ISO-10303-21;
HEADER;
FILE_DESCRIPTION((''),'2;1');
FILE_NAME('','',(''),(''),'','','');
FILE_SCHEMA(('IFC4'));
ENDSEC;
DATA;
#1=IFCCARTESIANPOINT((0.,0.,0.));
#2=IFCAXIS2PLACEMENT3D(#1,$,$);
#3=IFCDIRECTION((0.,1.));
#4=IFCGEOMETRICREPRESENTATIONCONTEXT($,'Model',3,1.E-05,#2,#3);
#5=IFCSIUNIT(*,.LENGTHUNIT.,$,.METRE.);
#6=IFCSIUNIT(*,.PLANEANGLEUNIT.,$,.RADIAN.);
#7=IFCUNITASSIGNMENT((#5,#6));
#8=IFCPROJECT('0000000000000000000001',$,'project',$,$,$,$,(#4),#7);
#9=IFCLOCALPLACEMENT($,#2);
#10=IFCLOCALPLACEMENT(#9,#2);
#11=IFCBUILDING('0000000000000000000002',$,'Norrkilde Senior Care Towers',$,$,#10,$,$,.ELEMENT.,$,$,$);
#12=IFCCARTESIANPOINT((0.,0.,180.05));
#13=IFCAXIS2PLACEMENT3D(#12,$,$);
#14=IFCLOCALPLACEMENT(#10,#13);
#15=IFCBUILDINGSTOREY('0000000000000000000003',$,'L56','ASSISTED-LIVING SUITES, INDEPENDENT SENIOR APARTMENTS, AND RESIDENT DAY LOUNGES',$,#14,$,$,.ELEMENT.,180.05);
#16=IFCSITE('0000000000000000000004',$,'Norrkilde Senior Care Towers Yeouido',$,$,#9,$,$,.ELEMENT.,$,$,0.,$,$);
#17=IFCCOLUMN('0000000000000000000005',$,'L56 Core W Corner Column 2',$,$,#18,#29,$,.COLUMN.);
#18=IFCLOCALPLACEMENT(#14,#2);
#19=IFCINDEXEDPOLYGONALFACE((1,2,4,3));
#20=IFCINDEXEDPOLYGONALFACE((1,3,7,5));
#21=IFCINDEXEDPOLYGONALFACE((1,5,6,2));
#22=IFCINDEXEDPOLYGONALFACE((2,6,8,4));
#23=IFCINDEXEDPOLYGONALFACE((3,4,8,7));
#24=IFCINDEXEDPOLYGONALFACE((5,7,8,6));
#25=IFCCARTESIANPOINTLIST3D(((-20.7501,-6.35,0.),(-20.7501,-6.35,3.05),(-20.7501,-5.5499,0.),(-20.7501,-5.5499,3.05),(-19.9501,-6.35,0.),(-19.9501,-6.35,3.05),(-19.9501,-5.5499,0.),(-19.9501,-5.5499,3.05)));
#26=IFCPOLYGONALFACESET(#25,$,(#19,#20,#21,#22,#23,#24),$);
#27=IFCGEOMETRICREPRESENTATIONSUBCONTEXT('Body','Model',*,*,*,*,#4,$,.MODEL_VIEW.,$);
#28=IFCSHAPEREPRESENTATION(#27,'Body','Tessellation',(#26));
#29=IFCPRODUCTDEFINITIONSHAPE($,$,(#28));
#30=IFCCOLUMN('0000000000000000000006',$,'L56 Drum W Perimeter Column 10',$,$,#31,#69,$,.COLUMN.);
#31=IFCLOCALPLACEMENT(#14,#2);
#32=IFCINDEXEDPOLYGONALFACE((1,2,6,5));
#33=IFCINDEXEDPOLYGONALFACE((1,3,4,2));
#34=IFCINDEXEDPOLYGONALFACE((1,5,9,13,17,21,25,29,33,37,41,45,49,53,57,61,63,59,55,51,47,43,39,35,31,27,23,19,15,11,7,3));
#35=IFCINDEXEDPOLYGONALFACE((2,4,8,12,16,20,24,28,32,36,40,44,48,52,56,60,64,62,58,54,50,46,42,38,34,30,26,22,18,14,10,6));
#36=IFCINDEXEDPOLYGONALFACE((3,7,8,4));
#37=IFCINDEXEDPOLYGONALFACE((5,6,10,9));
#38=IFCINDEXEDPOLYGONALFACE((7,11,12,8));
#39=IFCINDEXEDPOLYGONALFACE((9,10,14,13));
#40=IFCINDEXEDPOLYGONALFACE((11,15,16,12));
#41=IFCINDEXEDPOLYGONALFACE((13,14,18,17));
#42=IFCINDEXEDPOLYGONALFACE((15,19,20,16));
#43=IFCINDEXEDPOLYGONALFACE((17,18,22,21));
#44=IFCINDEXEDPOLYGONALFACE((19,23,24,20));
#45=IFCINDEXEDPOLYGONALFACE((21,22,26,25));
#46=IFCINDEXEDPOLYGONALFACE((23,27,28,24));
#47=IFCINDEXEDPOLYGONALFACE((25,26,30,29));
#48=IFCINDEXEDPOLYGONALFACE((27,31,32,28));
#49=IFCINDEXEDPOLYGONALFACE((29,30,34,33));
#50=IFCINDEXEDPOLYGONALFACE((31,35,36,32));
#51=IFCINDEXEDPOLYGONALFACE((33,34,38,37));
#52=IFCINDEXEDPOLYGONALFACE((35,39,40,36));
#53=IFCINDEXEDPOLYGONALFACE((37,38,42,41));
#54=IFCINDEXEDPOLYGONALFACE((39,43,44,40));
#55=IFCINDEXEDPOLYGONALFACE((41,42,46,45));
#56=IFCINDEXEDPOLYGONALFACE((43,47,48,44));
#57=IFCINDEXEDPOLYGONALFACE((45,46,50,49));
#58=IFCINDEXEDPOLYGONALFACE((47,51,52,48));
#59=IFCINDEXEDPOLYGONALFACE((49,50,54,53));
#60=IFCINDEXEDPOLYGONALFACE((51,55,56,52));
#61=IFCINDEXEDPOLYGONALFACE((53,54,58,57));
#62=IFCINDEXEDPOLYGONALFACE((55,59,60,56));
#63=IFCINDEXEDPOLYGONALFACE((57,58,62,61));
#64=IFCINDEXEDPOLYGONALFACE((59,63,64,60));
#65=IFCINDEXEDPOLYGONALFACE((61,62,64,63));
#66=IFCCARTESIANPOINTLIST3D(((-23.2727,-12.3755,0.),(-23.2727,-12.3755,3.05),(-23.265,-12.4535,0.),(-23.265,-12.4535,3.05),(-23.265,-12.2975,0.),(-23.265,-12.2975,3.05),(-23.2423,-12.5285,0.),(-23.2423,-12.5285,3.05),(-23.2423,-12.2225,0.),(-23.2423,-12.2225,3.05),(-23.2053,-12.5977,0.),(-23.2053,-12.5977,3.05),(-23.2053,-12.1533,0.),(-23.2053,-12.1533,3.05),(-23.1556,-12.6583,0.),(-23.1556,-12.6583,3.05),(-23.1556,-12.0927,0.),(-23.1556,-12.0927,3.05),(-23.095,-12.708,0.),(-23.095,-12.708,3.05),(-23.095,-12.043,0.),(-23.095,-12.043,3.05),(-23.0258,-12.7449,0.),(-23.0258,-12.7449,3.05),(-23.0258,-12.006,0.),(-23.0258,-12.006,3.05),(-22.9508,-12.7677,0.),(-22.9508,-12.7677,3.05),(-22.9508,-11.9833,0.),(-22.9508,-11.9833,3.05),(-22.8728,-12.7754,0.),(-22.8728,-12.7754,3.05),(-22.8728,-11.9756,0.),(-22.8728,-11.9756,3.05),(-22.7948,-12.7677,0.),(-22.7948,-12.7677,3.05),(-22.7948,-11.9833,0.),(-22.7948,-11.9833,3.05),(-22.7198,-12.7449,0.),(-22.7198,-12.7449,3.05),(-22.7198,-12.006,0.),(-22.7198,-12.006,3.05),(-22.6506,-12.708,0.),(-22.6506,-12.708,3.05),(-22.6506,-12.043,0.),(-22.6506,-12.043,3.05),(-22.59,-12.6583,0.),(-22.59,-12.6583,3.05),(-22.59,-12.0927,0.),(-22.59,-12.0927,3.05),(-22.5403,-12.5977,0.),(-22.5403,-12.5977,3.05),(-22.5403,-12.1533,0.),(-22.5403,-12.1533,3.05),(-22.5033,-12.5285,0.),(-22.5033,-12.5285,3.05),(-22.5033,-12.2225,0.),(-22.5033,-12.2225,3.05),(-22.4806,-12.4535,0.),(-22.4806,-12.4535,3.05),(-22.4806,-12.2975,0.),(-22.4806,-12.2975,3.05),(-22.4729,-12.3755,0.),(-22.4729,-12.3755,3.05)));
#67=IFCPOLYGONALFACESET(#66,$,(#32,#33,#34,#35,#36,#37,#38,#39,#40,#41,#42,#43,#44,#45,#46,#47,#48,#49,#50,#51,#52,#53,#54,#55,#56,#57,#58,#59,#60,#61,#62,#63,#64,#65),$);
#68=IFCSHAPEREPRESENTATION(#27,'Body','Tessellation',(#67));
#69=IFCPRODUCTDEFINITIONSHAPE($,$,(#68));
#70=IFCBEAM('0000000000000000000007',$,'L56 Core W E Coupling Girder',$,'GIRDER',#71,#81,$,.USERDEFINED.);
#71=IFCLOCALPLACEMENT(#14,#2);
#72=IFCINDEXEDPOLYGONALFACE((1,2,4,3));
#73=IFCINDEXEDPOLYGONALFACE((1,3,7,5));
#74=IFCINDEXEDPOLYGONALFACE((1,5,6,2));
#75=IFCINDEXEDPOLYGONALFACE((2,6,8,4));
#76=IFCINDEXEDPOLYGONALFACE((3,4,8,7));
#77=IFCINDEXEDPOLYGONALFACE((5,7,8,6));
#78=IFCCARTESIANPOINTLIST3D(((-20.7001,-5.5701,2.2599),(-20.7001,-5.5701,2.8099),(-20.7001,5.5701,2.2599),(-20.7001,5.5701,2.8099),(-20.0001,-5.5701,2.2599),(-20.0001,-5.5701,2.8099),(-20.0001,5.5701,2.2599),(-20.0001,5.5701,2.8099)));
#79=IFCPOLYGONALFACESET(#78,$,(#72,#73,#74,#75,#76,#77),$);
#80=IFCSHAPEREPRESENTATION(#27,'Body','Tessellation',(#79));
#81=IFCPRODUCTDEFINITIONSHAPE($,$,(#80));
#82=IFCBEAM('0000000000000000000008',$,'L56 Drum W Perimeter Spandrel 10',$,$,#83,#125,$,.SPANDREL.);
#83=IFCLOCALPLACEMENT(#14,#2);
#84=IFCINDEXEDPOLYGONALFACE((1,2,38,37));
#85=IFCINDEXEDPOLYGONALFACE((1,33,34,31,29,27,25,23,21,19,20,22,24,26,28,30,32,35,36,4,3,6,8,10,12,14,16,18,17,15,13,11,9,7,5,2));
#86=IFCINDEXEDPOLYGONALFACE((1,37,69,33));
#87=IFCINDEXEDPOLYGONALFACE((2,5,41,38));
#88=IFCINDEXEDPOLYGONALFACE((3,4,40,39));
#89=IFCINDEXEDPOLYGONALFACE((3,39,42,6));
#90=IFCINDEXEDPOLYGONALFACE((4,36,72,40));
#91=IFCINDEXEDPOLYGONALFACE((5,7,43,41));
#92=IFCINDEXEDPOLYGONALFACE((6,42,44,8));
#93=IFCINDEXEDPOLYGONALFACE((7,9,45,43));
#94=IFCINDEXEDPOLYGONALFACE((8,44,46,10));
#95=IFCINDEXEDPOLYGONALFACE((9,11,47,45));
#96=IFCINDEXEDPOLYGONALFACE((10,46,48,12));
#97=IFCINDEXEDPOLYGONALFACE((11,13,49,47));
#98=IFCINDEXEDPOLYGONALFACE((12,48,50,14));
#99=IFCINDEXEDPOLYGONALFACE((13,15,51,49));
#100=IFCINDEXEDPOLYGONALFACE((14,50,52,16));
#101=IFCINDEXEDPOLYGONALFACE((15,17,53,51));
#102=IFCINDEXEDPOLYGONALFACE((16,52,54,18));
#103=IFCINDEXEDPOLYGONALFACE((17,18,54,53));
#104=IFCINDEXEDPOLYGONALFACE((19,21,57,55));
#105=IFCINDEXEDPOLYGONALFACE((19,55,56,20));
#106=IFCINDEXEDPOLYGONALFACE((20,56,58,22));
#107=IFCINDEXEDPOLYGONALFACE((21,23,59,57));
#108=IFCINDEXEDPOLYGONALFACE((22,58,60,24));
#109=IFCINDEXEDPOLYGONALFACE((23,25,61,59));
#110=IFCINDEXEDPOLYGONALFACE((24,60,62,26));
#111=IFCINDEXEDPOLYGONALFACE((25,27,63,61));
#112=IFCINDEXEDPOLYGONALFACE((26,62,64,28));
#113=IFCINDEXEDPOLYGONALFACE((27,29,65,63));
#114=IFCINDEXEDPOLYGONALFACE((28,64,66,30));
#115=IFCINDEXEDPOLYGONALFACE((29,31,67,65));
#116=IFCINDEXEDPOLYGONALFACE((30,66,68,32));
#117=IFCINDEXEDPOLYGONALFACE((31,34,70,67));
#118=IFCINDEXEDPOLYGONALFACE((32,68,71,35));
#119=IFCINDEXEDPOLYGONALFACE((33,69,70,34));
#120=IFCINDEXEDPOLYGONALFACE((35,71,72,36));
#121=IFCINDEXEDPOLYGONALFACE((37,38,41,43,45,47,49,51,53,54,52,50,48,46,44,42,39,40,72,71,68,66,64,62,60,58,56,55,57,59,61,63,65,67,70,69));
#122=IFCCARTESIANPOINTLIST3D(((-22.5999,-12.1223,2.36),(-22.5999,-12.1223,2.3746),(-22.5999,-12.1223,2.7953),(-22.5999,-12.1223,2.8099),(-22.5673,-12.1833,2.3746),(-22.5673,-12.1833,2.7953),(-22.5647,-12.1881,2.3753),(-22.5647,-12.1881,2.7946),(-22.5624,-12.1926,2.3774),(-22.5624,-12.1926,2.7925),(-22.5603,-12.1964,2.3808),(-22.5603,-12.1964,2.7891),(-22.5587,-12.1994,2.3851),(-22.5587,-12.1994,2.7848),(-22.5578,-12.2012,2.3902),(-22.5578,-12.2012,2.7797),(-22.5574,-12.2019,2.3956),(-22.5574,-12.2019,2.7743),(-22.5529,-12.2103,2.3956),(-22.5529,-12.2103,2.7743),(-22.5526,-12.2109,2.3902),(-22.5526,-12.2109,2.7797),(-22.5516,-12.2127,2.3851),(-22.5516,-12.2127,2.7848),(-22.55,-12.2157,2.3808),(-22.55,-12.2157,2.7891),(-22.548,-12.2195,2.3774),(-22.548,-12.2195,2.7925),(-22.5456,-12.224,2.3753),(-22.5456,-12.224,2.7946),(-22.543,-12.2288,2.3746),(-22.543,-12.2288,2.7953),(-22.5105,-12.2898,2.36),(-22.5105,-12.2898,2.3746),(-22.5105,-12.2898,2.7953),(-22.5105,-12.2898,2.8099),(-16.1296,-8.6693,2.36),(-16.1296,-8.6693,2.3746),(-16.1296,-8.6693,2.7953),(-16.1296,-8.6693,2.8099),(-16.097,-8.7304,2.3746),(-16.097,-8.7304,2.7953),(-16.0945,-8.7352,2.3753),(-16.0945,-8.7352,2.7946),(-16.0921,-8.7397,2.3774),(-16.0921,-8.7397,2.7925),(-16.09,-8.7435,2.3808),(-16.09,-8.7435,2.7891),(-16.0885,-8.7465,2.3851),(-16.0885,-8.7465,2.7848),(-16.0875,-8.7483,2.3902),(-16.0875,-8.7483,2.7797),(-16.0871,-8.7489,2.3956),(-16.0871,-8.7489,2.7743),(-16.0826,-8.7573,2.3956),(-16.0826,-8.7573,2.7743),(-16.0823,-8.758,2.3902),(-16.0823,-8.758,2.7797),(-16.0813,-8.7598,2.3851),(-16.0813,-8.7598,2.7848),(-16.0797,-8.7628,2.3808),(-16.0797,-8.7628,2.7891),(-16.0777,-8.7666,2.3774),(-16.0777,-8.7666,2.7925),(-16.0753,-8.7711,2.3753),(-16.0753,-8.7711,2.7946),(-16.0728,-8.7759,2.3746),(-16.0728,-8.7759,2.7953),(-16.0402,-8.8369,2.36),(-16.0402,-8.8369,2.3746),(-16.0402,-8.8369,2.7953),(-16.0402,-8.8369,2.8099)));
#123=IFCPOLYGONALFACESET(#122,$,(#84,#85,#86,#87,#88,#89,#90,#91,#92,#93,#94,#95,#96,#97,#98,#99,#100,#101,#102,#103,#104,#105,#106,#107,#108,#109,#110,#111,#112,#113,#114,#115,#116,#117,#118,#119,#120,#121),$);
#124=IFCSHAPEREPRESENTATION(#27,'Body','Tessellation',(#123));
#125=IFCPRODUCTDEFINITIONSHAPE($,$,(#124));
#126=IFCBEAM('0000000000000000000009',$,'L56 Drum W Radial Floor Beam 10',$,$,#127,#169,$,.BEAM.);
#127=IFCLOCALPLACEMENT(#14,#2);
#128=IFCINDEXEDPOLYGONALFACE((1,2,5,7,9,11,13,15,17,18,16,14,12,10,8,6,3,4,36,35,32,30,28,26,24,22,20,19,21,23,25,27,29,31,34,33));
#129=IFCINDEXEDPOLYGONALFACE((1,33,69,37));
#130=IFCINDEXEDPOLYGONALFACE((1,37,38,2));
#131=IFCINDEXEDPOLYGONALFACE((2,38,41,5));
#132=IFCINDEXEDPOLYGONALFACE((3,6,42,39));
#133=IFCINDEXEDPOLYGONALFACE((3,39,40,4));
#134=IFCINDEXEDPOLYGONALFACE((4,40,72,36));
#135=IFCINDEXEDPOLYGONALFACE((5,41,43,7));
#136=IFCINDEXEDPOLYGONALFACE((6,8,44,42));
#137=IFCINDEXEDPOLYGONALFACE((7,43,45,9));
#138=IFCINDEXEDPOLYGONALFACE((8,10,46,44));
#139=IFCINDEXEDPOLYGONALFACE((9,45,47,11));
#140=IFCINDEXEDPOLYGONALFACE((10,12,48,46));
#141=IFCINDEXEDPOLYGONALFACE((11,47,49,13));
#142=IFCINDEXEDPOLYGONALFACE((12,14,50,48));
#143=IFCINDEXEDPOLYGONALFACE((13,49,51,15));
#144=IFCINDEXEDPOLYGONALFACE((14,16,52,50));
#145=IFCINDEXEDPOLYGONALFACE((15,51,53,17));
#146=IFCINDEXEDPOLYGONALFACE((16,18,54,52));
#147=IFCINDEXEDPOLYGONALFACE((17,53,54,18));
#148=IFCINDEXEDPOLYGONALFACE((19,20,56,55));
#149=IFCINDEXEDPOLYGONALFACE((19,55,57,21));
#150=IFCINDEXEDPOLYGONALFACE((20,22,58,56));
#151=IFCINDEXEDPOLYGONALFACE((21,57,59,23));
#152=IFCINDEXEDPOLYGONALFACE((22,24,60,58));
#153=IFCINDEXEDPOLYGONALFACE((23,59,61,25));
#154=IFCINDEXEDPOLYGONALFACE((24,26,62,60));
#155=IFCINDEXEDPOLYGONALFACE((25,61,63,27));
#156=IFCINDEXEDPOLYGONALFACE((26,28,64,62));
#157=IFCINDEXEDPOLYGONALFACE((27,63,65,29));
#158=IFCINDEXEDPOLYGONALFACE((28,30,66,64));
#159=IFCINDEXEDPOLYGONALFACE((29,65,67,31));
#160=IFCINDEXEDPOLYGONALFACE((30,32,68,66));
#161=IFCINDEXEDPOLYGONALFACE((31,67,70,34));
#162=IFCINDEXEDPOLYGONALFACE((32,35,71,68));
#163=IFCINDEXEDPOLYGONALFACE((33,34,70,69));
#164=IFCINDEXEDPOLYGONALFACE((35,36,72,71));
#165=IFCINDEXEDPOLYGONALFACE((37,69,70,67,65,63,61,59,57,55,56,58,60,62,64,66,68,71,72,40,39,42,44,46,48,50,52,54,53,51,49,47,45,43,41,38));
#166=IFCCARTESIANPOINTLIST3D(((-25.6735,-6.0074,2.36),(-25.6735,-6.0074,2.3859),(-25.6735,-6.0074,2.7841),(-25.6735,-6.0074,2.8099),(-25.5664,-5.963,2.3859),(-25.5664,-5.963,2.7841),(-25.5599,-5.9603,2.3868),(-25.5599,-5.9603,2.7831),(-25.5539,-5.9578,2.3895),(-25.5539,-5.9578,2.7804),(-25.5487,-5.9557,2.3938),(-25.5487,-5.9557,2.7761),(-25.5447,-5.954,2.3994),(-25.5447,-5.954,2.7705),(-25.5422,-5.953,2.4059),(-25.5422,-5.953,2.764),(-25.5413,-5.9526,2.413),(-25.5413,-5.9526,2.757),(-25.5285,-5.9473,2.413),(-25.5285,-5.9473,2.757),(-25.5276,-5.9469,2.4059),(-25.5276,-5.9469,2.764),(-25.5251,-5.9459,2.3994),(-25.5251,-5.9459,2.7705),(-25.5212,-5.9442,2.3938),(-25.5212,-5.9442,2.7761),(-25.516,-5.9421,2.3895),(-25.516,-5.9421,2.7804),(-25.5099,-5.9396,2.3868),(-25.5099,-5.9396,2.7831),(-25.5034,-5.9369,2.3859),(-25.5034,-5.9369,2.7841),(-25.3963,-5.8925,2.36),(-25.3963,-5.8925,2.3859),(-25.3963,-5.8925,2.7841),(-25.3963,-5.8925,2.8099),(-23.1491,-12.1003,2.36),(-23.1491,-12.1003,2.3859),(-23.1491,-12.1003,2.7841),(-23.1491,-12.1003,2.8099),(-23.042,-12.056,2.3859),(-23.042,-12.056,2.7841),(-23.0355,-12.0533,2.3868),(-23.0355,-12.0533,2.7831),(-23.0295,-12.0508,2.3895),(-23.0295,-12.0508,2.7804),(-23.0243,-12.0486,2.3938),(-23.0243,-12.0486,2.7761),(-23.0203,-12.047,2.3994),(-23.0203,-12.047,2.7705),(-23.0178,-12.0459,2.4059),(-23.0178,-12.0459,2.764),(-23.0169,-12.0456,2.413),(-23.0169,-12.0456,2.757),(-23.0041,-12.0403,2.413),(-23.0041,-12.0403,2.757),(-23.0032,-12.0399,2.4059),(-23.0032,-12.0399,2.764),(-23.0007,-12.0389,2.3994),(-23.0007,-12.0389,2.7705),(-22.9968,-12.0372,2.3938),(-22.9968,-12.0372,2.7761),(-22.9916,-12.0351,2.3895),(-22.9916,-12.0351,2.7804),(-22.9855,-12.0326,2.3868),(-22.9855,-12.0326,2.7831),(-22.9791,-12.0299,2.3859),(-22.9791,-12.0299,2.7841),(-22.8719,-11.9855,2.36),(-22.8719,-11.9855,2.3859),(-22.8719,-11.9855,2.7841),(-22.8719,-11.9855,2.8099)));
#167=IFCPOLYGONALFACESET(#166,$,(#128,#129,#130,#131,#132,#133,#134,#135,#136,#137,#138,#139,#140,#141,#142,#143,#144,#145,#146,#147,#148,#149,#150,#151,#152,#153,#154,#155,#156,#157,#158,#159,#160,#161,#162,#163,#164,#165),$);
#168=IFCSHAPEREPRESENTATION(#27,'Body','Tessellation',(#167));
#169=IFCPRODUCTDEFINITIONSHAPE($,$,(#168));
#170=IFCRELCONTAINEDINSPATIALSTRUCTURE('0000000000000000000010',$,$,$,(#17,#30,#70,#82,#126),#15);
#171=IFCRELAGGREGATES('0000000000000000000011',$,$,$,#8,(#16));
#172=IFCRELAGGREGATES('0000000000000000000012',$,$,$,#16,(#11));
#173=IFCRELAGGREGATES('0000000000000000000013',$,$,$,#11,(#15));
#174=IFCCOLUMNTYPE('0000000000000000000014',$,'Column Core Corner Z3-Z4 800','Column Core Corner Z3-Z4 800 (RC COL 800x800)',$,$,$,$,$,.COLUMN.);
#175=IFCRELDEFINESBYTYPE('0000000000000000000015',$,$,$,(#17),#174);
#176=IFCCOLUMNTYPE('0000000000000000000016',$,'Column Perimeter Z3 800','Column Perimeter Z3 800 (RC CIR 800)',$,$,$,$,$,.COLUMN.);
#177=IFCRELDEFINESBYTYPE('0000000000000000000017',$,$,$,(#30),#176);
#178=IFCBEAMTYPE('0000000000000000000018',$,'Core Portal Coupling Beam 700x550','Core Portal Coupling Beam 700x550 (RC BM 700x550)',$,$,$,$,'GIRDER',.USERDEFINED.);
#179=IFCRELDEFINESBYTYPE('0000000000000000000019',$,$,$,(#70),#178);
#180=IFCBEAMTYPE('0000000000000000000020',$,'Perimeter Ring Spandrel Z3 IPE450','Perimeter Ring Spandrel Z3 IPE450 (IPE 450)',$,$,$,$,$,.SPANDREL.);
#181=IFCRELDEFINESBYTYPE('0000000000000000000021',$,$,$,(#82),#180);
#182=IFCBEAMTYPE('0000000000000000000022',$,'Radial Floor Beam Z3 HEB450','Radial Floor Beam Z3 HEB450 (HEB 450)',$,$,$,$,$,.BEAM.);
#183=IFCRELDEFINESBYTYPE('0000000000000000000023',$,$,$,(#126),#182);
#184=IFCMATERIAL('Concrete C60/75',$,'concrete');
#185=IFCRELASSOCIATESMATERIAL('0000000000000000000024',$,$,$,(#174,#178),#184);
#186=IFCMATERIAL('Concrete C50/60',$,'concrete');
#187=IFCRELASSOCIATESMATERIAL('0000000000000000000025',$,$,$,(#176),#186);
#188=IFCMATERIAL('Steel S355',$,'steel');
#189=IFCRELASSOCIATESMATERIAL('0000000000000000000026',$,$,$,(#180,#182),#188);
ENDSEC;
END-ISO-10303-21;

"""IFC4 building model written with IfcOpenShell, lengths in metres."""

from ifc_helpers import new_model, si_unit, direction, frame, origin, origin_2d, place, context, subcontext, project, spatial, rectangle, circle, i_section, extrude, source, transform, mapped, material, material_profile, profile_set, type_object, type_shapes, element, save


model = new_model("IFC4")

# Units and contexts
model_context = context("Model", 3, precision=1e-05, world=origin(), true_north=direction((0.0, 1.0)))
body_context = subcontext(model_context, "Body", "Model", "MODEL_VIEW")
ifc_project = project(units=[si_unit("LENGTHUNIT", "METRE"), si_unit("PLANEANGLEUNIT", "RADIAN")], contexts=[model_context])

# Site, building, storey
site_placement = place(None, origin())
site = spatial("IfcSite", under=ifc_project, at=site_placement, Name="Norrkilde Senior Care Towers Yeouido", CompositionType="ELEMENT", RefElevation=0.0)
building_placement = place(site_placement, origin())
building = spatial("IfcBuilding", under=site, at=building_placement, Name="Norrkilde Senior Care Towers", CompositionType="ELEMENT")
storey_placement = place(building_placement, frame((0.0, 0.0, 180.05)))
storey = spatial("IfcBuildingStorey", under=building, at=storey_placement, Name="L56", Description="ASSISTED-LIVING SUITES, INDEPENDENT SENIOR APARTMENTS, AND RESIDENT DAY LOUNGES", CompositionType="ELEMENT", Elevation=180.05)

# Columns
ifc_material_1 = material(Name="Concrete C60/75", Category="concrete")
ifc_material_profile_1 = material_profile(ifc_material_1, rectangle(XDim=0.8, YDim=0.8, at=origin_2d()), Name="RC COL 800x800")
ifc_profile_set_1 = profile_set([ifc_material_profile_1], Name="Concrete C60/75")
column_type_1 = type_object("IfcColumnType", Name="Column Core Corner Z3-Z4 800", Description="Column Core Corner Z3-Z4 800 (RC COL 800x800)", PredefinedType="COLUMN", material=ifc_profile_set_1)
shared_shape_1 = source(origin(), body_context, "Body", "SweptSolid", [
    extrude(rectangle(XDim=0.8, YDim=0.8, at=origin_2d()), origin(), (0.0, 0.0, 1.0), 3.05),
])
type_shapes(column_type_1, [shared_shape_1])
column_1_placement = place(storey_placement, frame((-20.3501, -5.95, 0.0), z_axis=(0.0, 0.0, 1.0), x_axis=(1.0, 0.0, 0.0)))
element("IfcColumn", 1, at=column_1_placement, inside=storey, type_object=column_type_1, Name="L56 Core W Corner Column 2", PredefinedType="COLUMN", context=body_context, shape_type="MappedRepresentation", body=[
    mapped(shared_shape_1, transform((0.0, 0.0, 0.0), x_axis=(1.0, 0.0, 0.0), y_axis=(0.0, 1.0, 0.0), z_axis=(0.0, 0.0, 1.0), scale=1.0)),
])
ifc_material_2 = material(Name="Concrete C50/60", Category="concrete")
ifc_material_profile_2 = material_profile(ifc_material_2, circle(Radius=0.3999, at=origin_2d()), Name="RC CIR 800")
ifc_profile_set_2 = profile_set([ifc_material_profile_2], Name="Concrete C50/60")
column_type_2 = type_object("IfcColumnType", Name="Column Perimeter Z3 800", Description="Column Perimeter Z3 800 (RC CIR 800)", PredefinedType="COLUMN", material=ifc_profile_set_2)
shared_shape_2 = source(origin(), body_context, "Body", "SweptSolid", [
    extrude(circle(Radius=0.3999, at=origin_2d()), origin(), (0.0, 0.0, 1.0), 3.05),
])
type_shapes(column_type_2, [shared_shape_2])
column_2_placement = place(storey_placement, frame((-22.8728, -12.3755, 0.0), z_axis=(0.0, 0.0, 1.0), x_axis=(1.0, 0.0, 0.0)))
element("IfcColumn", 2, at=column_2_placement, inside=storey, type_object=column_type_2, Name="L56 Drum W Perimeter Column 10", PredefinedType="COLUMN", context=body_context, shape_type="MappedRepresentation", body=[
    mapped(shared_shape_2, transform((0.0, 0.0, 0.0), x_axis=(1.0, 0.0, 0.0), y_axis=(0.0, 1.0, 0.0), z_axis=(0.0, 0.0, 1.0), scale=1.0)),
])

# Beams
ifc_material_profile_3 = material_profile(ifc_material_1, rectangle(XDim=0.7, YDim=0.55, at=origin_2d()), Name="RC BM 700x550")
ifc_profile_set_3 = profile_set([ifc_material_profile_3], Name="Concrete C60/75")
beam_type_1 = type_object("IfcBeamType", Name="Core Portal Coupling Beam 700x550", Description="Core Portal Coupling Beam 700x550 (RC BM 700x550)", ElementType="GIRDER", PredefinedType="USERDEFINED", material=ifc_profile_set_3)
shared_shape_3 = source(origin(), body_context, "Body", "SweptSolid", [
    extrude(rectangle(XDim=0.7, YDim=0.55, at=origin_2d()), origin(), (0.0, 0.0, 1.0), 11.1401),
])
type_shapes(beam_type_1, [shared_shape_3])
beam_1_placement = place(storey_placement, frame((-20.3501, -5.5701, 2.5349), z_axis=(0.0, 1.0, 0.0), x_axis=(-1.0, 0.0, 0.0)))
element("IfcBeam", 3, at=beam_1_placement, inside=storey, type_object=beam_type_1, Name="L56 Core W E Coupling Girder", ObjectType="GIRDER", PredefinedType="USERDEFINED", context=body_context, shape_type="MappedRepresentation", body=[
    mapped(shared_shape_3, transform((0.0, 0.0, 0.0), x_axis=(1.0, 0.0, 0.0), y_axis=(0.0, 1.0, 0.0), z_axis=(0.0, 0.0, 1.0), scale=1.0)),
])
ifc_material_3 = material(Name="Steel S355", Category="steel")
ifc_material_profile_4 = material_profile(ifc_material_3, i_section(OverallWidth=0.1899, OverallDepth=0.45, WebThickness=0.0095, FlangeThickness=0.0146, FilletRadius=0.021, at=origin_2d()), Name="IPE 450")
ifc_profile_set_4 = profile_set([ifc_material_profile_4], Name="Steel S355")
beam_type_2 = type_object("IfcBeamType", Name="Perimeter Ring Spandrel Z3 IPE450", Description="Perimeter Ring Spandrel Z3 IPE450 (IPE 450)", PredefinedType="SPANDREL", material=ifc_profile_set_4)
shared_shape_4 = source(origin(), body_context, "Body", "SweptSolid", [
    extrude(i_section(OverallWidth=0.1899, OverallDepth=0.45, WebThickness=0.0095, FlangeThickness=0.0146, FilletRadius=0.021, at=origin_2d()), origin(), (0.0, 0.0, 1.0), 7.334),
])
type_shapes(beam_type_2, [shared_shape_4])
beam_2_placement = place(storey_placement, frame((-22.5552, -12.2061, 2.585), z_axis=(0.882234, 0.470811, 0.0), x_axis=(-0.470811, 0.882234, 0.0)))
element("IfcBeam", 4, at=beam_2_placement, inside=storey, type_object=beam_type_2, Name="L56 Drum W Perimeter Spandrel 10", PredefinedType="SPANDREL", context=body_context, shape_type="MappedRepresentation", body=[
    mapped(shared_shape_4, transform((0.0, 0.0, 0.0), x_axis=(1.0, 0.0, 0.0), y_axis=(0.0, 1.0, 0.0), z_axis=(0.0, 0.0, 1.0), scale=1.0)),
])
ifc_material_profile_5 = material_profile(ifc_material_3, i_section(OverallWidth=0.3, OverallDepth=0.45, WebThickness=0.0139, FlangeThickness=0.0259, FilletRadius=0.0271, at=origin_2d()), Name="HEB 450")
ifc_profile_set_5 = profile_set([ifc_material_profile_5], Name="Steel S355")
beam_type_3 = type_object("IfcBeamType", Name="Radial Floor Beam Z3 HEB450", Description="Radial Floor Beam Z3 HEB450 (HEB 450)", PredefinedType="BEAM", material=ifc_profile_set_5)
shared_shape_5 = source(origin(), body_context, "Body", "SweptSolid", [
    extrude(i_section(OverallWidth=0.3, OverallDepth=0.45, WebThickness=0.0139, FlangeThickness=0.0259, FilletRadius=0.0271, at=origin_2d()), origin(), (0.0, 0.0, 1.0), 6.5952),
])
beam_3_placement = place(storey_placement, frame((-25.5349, -5.95, 2.585), z_axis=(0.382762, -0.923847, 0.0), x_axis=(0.923847, 0.382762, 0.0)))
element("IfcBeam", 5, at=beam_3_placement, inside=storey, type_object=beam_type_3, Name="L56 Drum W Radial Floor Beam 10", PredefinedType="BEAM", context=body_context, shape_type="MappedRepresentation", body=[
    mapped(shared_shape_5, transform((0.0, 0.0, 0.0), x_axis=(1.0, 0.0, 0.0), y_axis=(0.0, 1.0, 0.0), z_axis=(0.0, 0.0, 1.0), scale=1.0)),
])

save(model, "model.ifc")
